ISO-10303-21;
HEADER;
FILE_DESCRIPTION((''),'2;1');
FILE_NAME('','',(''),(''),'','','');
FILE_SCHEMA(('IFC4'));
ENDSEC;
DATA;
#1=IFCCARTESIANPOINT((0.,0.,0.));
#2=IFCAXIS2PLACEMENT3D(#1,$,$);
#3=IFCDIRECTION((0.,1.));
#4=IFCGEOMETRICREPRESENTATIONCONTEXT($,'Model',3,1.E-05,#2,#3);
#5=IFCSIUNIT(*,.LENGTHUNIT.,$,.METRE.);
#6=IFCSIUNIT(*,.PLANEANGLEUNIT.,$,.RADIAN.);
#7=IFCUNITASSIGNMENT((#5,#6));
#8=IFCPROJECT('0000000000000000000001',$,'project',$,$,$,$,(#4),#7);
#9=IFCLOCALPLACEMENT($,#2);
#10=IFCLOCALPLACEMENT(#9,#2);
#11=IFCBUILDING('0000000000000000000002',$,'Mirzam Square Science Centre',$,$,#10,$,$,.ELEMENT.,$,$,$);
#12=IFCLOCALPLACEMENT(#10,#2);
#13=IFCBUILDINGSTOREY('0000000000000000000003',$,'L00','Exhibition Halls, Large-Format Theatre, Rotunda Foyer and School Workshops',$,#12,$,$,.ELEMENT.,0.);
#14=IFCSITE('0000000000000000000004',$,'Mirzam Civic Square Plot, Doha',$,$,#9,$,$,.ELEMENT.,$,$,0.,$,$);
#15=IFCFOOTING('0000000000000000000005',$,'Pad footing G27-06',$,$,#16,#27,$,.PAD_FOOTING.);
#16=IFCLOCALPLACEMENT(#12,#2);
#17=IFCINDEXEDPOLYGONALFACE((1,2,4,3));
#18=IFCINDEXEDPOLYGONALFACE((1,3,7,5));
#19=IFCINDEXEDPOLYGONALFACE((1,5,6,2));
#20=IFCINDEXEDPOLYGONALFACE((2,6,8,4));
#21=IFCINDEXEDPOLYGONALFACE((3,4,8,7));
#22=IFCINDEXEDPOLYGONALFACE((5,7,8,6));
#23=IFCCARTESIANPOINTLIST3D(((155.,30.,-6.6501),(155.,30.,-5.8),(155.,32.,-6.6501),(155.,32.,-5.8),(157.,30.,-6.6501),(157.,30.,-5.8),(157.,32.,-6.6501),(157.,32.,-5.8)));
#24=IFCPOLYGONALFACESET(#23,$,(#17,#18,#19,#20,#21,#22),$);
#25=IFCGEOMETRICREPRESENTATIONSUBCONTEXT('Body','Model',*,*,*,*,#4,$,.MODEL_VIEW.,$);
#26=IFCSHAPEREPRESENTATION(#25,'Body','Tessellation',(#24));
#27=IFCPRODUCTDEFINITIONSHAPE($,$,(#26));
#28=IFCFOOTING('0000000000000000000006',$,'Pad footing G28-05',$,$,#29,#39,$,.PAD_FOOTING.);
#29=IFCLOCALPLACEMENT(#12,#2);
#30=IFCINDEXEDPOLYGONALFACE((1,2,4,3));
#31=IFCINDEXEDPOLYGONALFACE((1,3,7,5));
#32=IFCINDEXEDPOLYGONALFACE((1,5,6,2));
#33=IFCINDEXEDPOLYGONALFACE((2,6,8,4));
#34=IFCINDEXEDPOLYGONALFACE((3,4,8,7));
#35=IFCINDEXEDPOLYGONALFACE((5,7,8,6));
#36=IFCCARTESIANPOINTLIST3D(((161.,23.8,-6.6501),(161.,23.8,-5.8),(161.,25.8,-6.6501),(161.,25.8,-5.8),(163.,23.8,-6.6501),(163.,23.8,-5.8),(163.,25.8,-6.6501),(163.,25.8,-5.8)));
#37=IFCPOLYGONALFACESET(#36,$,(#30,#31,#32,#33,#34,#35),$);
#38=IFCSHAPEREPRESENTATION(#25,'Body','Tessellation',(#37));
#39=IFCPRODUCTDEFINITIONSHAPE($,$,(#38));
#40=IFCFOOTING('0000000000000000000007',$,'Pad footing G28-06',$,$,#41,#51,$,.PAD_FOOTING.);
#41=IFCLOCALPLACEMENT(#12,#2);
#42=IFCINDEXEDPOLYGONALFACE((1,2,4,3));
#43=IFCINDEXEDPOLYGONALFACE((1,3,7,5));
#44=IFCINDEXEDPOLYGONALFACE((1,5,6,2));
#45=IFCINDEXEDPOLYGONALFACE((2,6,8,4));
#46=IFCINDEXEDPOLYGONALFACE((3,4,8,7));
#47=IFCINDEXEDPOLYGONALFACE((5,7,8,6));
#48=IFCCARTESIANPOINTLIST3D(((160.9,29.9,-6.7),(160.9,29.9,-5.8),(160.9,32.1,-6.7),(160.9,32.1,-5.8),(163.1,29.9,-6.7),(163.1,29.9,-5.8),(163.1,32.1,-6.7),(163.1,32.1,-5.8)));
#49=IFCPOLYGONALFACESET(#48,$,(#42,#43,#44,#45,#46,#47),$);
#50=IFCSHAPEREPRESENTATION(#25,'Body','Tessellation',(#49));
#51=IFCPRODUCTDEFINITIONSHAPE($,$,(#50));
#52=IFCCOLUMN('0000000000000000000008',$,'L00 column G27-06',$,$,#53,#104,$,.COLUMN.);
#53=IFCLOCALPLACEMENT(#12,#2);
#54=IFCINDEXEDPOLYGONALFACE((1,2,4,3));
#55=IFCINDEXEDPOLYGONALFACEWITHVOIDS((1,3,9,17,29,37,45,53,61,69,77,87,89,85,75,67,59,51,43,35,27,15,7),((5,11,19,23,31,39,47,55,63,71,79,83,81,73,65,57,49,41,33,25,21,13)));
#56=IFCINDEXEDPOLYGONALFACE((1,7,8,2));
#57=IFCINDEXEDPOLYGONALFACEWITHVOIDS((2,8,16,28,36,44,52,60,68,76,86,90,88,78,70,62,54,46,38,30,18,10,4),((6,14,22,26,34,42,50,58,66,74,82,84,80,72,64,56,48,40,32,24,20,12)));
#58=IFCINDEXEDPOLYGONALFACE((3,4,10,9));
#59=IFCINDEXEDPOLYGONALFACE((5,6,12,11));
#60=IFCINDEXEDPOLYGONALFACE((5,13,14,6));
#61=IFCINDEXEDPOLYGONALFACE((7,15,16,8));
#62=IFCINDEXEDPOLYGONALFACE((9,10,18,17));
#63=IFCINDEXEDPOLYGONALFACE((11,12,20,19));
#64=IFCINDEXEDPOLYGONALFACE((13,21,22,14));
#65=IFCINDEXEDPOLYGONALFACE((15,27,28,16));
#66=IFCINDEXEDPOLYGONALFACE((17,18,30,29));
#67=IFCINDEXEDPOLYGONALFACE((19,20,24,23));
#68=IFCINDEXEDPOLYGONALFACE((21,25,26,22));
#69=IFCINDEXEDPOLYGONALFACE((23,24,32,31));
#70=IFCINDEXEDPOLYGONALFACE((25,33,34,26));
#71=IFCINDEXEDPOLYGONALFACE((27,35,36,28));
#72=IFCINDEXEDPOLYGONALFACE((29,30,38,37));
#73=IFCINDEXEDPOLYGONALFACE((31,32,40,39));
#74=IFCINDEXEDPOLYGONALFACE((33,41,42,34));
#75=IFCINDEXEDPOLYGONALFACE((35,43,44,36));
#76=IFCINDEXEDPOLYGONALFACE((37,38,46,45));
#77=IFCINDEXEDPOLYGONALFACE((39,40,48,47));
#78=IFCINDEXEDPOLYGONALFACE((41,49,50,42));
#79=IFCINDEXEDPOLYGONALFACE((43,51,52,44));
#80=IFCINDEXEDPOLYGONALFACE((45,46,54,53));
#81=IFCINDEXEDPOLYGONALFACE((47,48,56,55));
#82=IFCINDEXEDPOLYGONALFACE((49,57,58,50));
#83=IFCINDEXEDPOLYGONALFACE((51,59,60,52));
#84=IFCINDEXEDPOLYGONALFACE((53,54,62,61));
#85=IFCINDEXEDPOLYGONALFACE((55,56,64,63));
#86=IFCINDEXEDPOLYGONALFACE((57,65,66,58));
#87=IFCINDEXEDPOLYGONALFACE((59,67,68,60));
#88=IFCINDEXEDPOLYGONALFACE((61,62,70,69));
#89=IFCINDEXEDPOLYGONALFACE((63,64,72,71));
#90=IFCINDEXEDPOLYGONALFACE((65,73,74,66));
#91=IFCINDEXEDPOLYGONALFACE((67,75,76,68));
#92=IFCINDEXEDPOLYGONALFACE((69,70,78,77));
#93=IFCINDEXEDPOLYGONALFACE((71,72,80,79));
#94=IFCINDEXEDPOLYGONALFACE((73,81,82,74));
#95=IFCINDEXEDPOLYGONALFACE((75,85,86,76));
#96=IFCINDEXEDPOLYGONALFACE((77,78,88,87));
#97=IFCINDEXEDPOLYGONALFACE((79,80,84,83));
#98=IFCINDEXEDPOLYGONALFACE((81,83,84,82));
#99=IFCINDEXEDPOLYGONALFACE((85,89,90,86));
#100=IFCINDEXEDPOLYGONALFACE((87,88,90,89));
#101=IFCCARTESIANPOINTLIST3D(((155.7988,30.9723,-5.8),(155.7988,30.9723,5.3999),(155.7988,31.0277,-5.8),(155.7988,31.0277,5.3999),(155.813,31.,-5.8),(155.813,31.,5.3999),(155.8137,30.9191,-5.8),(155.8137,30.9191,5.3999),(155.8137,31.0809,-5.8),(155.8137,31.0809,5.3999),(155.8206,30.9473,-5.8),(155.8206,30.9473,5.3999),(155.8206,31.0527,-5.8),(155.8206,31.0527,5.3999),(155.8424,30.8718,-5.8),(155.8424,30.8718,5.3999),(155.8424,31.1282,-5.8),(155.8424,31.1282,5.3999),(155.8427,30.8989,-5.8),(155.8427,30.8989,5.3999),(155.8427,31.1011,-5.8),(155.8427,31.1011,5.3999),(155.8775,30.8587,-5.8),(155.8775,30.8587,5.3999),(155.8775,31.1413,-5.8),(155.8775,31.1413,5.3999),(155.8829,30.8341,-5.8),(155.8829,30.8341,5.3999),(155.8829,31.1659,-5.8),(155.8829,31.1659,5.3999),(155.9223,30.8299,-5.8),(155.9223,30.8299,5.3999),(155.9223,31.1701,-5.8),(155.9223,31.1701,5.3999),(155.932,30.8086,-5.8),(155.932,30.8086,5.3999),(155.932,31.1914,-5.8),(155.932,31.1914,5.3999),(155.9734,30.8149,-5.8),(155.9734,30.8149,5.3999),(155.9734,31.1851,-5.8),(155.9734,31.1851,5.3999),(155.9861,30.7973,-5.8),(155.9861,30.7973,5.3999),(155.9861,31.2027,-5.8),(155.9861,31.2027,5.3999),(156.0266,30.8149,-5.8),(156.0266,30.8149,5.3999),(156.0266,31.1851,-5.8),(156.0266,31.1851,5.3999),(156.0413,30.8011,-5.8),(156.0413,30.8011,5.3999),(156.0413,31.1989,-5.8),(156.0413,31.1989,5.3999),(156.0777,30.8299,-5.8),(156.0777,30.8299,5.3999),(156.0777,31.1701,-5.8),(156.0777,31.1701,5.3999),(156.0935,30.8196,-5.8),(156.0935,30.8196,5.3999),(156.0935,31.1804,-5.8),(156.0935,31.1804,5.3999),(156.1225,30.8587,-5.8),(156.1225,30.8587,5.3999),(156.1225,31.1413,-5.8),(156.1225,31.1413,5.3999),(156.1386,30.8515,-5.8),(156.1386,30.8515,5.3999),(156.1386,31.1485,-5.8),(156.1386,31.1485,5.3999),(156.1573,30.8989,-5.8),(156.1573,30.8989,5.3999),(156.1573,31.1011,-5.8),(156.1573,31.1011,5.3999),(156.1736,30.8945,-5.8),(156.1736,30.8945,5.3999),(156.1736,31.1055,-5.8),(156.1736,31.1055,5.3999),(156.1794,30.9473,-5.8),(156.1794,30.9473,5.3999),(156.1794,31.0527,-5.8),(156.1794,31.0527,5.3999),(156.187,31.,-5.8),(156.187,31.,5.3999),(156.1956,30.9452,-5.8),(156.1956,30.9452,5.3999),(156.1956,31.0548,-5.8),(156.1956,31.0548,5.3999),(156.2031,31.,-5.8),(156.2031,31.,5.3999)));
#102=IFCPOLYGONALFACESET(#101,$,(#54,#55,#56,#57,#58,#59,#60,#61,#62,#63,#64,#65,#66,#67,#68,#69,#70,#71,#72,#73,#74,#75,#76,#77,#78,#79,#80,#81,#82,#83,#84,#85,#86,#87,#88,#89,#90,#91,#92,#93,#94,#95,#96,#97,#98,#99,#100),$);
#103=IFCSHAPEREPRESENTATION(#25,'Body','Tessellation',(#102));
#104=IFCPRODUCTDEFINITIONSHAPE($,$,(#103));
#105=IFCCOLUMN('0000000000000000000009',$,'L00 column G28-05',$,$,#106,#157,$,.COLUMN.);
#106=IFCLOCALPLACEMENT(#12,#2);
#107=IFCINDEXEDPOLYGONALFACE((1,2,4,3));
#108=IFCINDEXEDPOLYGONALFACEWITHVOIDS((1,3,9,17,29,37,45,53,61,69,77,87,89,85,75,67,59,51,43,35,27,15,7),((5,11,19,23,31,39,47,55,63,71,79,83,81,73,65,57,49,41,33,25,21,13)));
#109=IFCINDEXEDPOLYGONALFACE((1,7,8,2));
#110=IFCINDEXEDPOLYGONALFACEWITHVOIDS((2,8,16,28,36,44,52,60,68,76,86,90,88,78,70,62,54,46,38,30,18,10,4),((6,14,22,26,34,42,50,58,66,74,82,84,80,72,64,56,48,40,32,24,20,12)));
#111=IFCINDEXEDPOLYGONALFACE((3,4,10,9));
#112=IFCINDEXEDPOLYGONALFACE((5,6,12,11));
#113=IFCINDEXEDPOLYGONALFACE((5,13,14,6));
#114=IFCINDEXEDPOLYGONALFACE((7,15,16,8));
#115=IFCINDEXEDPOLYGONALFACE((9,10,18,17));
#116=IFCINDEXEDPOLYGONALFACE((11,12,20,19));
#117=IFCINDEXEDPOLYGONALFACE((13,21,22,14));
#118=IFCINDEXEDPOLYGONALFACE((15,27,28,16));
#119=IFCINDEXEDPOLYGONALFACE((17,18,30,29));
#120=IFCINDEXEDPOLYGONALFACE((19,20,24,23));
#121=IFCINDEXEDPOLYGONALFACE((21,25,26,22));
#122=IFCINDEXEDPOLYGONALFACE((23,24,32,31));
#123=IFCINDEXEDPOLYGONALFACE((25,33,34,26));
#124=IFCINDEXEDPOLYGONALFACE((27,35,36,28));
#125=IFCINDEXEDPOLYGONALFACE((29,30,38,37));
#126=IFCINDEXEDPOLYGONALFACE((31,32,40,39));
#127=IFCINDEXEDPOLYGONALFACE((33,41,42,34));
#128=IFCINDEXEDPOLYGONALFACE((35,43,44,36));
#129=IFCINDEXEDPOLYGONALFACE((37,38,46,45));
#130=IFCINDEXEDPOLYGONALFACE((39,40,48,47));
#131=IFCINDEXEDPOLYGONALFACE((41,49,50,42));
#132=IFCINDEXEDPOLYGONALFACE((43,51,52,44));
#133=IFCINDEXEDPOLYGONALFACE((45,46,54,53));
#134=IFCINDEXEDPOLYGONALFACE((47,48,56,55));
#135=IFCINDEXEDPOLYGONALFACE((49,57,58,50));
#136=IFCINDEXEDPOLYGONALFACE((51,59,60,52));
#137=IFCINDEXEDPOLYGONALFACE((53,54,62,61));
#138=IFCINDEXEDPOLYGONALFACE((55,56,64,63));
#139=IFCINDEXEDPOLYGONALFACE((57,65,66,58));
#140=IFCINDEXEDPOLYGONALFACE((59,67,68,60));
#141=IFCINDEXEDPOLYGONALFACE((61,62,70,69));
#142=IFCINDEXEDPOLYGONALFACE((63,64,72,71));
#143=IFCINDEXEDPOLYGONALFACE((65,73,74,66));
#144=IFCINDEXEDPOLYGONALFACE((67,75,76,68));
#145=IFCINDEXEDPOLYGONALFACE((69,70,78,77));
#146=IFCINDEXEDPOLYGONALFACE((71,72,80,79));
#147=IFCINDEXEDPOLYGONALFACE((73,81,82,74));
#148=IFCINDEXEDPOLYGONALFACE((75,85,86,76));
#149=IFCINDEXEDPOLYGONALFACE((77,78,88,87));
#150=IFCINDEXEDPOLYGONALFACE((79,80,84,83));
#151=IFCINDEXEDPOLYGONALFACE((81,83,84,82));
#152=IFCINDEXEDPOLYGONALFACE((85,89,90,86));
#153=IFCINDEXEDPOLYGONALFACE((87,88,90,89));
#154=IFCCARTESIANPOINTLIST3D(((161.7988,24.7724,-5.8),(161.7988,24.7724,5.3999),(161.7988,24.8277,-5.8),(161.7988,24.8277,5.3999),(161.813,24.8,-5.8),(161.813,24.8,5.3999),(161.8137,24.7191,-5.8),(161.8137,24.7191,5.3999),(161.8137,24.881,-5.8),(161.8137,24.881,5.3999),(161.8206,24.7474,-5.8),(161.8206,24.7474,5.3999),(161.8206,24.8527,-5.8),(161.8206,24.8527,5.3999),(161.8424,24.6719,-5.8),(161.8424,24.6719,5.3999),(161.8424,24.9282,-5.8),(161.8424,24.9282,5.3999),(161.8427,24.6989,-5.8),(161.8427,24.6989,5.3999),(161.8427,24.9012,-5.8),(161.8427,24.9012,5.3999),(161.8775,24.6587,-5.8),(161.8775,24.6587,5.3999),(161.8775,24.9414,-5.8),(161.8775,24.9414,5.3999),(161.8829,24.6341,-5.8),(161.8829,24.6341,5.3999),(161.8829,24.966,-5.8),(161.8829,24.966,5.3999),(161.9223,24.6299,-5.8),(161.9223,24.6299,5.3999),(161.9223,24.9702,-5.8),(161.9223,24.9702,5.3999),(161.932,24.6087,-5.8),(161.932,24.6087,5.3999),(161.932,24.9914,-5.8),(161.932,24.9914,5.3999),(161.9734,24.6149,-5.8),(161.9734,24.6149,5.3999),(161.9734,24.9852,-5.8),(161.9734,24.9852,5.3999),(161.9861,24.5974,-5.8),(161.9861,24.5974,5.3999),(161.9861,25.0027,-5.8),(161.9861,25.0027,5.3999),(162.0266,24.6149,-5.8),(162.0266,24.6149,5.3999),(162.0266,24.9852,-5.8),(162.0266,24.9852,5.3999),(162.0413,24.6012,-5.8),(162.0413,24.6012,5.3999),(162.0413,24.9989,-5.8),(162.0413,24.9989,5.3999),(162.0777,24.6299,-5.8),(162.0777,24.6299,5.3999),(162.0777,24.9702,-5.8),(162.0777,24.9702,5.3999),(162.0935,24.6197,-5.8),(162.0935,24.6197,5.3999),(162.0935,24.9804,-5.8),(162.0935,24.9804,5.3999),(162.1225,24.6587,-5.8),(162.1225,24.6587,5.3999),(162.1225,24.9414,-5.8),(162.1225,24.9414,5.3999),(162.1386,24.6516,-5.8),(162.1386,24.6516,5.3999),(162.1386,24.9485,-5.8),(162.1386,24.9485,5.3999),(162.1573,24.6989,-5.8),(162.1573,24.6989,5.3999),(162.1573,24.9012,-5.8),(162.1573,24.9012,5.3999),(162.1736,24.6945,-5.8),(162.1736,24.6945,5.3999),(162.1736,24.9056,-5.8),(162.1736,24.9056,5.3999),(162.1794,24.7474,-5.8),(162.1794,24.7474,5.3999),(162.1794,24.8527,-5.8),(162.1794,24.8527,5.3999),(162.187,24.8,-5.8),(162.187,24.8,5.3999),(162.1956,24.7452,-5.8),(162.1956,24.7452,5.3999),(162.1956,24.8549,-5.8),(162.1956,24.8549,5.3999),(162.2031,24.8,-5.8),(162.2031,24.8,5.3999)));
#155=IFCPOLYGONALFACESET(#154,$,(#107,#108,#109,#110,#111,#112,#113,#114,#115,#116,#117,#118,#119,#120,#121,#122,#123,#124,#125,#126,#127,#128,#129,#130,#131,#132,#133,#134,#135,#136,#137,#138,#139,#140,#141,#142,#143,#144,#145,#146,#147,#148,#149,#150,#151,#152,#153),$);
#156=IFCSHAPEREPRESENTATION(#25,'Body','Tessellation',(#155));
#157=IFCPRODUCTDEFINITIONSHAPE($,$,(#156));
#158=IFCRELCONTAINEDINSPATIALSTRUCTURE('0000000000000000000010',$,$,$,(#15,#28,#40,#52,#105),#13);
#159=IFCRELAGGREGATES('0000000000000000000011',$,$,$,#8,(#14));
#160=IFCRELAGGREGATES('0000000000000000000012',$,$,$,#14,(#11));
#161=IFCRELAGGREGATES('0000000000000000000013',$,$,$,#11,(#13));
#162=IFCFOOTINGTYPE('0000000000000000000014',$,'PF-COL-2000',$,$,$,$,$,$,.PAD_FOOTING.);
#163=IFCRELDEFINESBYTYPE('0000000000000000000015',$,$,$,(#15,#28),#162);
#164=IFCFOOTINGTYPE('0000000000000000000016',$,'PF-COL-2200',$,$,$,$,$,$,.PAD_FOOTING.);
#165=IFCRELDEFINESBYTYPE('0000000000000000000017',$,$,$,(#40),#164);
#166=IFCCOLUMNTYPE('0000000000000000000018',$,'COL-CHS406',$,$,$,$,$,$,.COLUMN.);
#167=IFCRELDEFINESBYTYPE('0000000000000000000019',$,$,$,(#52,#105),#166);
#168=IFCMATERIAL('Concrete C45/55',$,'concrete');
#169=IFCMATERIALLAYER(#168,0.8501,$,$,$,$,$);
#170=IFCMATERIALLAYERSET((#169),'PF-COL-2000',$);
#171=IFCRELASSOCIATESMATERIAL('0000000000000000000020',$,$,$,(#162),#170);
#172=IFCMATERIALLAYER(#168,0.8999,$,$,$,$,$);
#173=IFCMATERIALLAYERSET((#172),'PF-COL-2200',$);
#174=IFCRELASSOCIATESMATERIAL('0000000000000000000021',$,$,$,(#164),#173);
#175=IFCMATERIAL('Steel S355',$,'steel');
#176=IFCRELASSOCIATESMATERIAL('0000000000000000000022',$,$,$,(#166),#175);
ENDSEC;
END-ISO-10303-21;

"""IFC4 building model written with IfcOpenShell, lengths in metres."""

from ifc_helpers import new_model, si_unit, direction, frame, origin, origin_2d, place, context, subcontext, project, spatial, rectangle, hollow_circle, extrude, material, layer, layer_set, material_profile, profile_set, type_object, element, save


model = new_model("IFC4")

# Units and contexts
model_context = context("Model", 3, precision=1e-05, world=origin(), true_north=direction((0.0, 1.0)))
body_context = subcontext(model_context, "Body", "Model", "MODEL_VIEW")
ifc_project = project(units=[si_unit("LENGTHUNIT", "METRE"), si_unit("PLANEANGLEUNIT", "RADIAN")], contexts=[model_context])

# Site, building, storey
site_placement = place(None, origin())
site = spatial("IfcSite", under=ifc_project, at=site_placement, Name="Mirzam Civic Square Plot, Doha", CompositionType="ELEMENT", RefElevation=0.0)
building_placement = place(site_placement, origin())
building = spatial("IfcBuilding", under=site, at=building_placement, Name="Mirzam Square Science Centre", CompositionType="ELEMENT")
storey_placement = place(building_placement, origin())
storey = spatial("IfcBuildingStorey", under=building, at=storey_placement, Name="L00", Description="Exhibition Halls, Large-Format Theatre, Rotunda Foyer and School Workshops", CompositionType="ELEMENT", Elevation=0.0)

# Footings
ifc_material_1 = material(Name="Concrete C45/55", Category="concrete")
ifc_layer_1 = layer(ifc_material_1, 0.8501)
ifc_layer_set_1 = layer_set([ifc_layer_1], Name="PF-COL-2000")
footing_type_1 = type_object("IfcFootingType", Name="PF-COL-2000", PredefinedType="PAD_FOOTING", material=ifc_layer_set_1)
for number, where, z_axis, x_axis, name in (
    (1, (156.0, 31.0, -6.6501), (0.0, 0.0, 1.0), (1.0, 0.0, 0.0), "Pad footing G27-06"),
    (2, (162.0, 24.8, -6.6501), (0.0, 0.0, 1.0), (1.0, 0.0, 0.0), "Pad footing G28-05"),
):
    element("IfcFooting", number, at=place(storey_placement, frame(where, z_axis=z_axis, x_axis=x_axis)), inside=storey, type_object=footing_type_1, Name=name, PredefinedType="PAD_FOOTING", context=body_context, shape_type="SweptSolid", body=[
        extrude(rectangle(XDim=2.0, YDim=2.0, at=origin_2d()), origin(), (0.0, 0.0, 1.0), 0.8501),
    ])
ifc_layer_2 = layer(ifc_material_1, 0.8999)
ifc_layer_set_2 = layer_set([ifc_layer_2], Name="PF-COL-2200")
footing_type_2 = type_object("IfcFootingType", Name="PF-COL-2200", PredefinedType="PAD_FOOTING", material=ifc_layer_set_2)
footing_placement = place(storey_placement, frame((162.0, 31.0, -6.7), z_axis=(0.0, 0.0, 1.0), x_axis=(1.0, 0.0, 0.0)))
element("IfcFooting", 3, at=footing_placement, inside=storey, type_object=footing_type_2, Name="Pad footing G28-06", PredefinedType="PAD_FOOTING", context=body_context, shape_type="SweptSolid", body=[
    extrude(rectangle(XDim=2.2, YDim=2.2, at=origin_2d()), origin(), (0.0, 0.0, 1.0), 0.8999),
])

# Columns
ifc_material_2 = material(Name="Steel S355", Category="steel")
ifc_material_profile_1 = material_profile(ifc_material_2, hollow_circle(Radius=0.2031, WallThickness=0.0161, at=origin_2d()), Name="406.4x16.0CHS")
ifc_profile_set_1 = profile_set([ifc_material_profile_1], Name="Steel S355")
column_type_1 = type_object("IfcColumnType", Name="COL-CHS406", PredefinedType="COLUMN", material=ifc_profile_set_1)
for number, where, z_axis, x_axis, name in (
    (4, (156.0, 31.0, -5.8), (0.0, 0.0, 1.0), (1.0, 0.0, 0.0), "L00 column G27-06"),
    (5, (162.0, 24.8, -5.8), (0.0, 0.0, 1.0), (1.0, 0.0, 0.0), "L00 column G28-05"),
):
    element("IfcColumn", number, at=place(storey_placement, frame(where, z_axis=z_axis, x_axis=x_axis)), inside=storey, type_object=column_type_1, Name=name, PredefinedType="COLUMN", context=body_context, shape_type="SweptSolid", body=[
        extrude(hollow_circle(Radius=0.2031, WallThickness=0.0161, at=origin_2d()), origin(), (0.0, 0.0, 1.0), 11.2),
    ])

save(model, "model.ifc")
